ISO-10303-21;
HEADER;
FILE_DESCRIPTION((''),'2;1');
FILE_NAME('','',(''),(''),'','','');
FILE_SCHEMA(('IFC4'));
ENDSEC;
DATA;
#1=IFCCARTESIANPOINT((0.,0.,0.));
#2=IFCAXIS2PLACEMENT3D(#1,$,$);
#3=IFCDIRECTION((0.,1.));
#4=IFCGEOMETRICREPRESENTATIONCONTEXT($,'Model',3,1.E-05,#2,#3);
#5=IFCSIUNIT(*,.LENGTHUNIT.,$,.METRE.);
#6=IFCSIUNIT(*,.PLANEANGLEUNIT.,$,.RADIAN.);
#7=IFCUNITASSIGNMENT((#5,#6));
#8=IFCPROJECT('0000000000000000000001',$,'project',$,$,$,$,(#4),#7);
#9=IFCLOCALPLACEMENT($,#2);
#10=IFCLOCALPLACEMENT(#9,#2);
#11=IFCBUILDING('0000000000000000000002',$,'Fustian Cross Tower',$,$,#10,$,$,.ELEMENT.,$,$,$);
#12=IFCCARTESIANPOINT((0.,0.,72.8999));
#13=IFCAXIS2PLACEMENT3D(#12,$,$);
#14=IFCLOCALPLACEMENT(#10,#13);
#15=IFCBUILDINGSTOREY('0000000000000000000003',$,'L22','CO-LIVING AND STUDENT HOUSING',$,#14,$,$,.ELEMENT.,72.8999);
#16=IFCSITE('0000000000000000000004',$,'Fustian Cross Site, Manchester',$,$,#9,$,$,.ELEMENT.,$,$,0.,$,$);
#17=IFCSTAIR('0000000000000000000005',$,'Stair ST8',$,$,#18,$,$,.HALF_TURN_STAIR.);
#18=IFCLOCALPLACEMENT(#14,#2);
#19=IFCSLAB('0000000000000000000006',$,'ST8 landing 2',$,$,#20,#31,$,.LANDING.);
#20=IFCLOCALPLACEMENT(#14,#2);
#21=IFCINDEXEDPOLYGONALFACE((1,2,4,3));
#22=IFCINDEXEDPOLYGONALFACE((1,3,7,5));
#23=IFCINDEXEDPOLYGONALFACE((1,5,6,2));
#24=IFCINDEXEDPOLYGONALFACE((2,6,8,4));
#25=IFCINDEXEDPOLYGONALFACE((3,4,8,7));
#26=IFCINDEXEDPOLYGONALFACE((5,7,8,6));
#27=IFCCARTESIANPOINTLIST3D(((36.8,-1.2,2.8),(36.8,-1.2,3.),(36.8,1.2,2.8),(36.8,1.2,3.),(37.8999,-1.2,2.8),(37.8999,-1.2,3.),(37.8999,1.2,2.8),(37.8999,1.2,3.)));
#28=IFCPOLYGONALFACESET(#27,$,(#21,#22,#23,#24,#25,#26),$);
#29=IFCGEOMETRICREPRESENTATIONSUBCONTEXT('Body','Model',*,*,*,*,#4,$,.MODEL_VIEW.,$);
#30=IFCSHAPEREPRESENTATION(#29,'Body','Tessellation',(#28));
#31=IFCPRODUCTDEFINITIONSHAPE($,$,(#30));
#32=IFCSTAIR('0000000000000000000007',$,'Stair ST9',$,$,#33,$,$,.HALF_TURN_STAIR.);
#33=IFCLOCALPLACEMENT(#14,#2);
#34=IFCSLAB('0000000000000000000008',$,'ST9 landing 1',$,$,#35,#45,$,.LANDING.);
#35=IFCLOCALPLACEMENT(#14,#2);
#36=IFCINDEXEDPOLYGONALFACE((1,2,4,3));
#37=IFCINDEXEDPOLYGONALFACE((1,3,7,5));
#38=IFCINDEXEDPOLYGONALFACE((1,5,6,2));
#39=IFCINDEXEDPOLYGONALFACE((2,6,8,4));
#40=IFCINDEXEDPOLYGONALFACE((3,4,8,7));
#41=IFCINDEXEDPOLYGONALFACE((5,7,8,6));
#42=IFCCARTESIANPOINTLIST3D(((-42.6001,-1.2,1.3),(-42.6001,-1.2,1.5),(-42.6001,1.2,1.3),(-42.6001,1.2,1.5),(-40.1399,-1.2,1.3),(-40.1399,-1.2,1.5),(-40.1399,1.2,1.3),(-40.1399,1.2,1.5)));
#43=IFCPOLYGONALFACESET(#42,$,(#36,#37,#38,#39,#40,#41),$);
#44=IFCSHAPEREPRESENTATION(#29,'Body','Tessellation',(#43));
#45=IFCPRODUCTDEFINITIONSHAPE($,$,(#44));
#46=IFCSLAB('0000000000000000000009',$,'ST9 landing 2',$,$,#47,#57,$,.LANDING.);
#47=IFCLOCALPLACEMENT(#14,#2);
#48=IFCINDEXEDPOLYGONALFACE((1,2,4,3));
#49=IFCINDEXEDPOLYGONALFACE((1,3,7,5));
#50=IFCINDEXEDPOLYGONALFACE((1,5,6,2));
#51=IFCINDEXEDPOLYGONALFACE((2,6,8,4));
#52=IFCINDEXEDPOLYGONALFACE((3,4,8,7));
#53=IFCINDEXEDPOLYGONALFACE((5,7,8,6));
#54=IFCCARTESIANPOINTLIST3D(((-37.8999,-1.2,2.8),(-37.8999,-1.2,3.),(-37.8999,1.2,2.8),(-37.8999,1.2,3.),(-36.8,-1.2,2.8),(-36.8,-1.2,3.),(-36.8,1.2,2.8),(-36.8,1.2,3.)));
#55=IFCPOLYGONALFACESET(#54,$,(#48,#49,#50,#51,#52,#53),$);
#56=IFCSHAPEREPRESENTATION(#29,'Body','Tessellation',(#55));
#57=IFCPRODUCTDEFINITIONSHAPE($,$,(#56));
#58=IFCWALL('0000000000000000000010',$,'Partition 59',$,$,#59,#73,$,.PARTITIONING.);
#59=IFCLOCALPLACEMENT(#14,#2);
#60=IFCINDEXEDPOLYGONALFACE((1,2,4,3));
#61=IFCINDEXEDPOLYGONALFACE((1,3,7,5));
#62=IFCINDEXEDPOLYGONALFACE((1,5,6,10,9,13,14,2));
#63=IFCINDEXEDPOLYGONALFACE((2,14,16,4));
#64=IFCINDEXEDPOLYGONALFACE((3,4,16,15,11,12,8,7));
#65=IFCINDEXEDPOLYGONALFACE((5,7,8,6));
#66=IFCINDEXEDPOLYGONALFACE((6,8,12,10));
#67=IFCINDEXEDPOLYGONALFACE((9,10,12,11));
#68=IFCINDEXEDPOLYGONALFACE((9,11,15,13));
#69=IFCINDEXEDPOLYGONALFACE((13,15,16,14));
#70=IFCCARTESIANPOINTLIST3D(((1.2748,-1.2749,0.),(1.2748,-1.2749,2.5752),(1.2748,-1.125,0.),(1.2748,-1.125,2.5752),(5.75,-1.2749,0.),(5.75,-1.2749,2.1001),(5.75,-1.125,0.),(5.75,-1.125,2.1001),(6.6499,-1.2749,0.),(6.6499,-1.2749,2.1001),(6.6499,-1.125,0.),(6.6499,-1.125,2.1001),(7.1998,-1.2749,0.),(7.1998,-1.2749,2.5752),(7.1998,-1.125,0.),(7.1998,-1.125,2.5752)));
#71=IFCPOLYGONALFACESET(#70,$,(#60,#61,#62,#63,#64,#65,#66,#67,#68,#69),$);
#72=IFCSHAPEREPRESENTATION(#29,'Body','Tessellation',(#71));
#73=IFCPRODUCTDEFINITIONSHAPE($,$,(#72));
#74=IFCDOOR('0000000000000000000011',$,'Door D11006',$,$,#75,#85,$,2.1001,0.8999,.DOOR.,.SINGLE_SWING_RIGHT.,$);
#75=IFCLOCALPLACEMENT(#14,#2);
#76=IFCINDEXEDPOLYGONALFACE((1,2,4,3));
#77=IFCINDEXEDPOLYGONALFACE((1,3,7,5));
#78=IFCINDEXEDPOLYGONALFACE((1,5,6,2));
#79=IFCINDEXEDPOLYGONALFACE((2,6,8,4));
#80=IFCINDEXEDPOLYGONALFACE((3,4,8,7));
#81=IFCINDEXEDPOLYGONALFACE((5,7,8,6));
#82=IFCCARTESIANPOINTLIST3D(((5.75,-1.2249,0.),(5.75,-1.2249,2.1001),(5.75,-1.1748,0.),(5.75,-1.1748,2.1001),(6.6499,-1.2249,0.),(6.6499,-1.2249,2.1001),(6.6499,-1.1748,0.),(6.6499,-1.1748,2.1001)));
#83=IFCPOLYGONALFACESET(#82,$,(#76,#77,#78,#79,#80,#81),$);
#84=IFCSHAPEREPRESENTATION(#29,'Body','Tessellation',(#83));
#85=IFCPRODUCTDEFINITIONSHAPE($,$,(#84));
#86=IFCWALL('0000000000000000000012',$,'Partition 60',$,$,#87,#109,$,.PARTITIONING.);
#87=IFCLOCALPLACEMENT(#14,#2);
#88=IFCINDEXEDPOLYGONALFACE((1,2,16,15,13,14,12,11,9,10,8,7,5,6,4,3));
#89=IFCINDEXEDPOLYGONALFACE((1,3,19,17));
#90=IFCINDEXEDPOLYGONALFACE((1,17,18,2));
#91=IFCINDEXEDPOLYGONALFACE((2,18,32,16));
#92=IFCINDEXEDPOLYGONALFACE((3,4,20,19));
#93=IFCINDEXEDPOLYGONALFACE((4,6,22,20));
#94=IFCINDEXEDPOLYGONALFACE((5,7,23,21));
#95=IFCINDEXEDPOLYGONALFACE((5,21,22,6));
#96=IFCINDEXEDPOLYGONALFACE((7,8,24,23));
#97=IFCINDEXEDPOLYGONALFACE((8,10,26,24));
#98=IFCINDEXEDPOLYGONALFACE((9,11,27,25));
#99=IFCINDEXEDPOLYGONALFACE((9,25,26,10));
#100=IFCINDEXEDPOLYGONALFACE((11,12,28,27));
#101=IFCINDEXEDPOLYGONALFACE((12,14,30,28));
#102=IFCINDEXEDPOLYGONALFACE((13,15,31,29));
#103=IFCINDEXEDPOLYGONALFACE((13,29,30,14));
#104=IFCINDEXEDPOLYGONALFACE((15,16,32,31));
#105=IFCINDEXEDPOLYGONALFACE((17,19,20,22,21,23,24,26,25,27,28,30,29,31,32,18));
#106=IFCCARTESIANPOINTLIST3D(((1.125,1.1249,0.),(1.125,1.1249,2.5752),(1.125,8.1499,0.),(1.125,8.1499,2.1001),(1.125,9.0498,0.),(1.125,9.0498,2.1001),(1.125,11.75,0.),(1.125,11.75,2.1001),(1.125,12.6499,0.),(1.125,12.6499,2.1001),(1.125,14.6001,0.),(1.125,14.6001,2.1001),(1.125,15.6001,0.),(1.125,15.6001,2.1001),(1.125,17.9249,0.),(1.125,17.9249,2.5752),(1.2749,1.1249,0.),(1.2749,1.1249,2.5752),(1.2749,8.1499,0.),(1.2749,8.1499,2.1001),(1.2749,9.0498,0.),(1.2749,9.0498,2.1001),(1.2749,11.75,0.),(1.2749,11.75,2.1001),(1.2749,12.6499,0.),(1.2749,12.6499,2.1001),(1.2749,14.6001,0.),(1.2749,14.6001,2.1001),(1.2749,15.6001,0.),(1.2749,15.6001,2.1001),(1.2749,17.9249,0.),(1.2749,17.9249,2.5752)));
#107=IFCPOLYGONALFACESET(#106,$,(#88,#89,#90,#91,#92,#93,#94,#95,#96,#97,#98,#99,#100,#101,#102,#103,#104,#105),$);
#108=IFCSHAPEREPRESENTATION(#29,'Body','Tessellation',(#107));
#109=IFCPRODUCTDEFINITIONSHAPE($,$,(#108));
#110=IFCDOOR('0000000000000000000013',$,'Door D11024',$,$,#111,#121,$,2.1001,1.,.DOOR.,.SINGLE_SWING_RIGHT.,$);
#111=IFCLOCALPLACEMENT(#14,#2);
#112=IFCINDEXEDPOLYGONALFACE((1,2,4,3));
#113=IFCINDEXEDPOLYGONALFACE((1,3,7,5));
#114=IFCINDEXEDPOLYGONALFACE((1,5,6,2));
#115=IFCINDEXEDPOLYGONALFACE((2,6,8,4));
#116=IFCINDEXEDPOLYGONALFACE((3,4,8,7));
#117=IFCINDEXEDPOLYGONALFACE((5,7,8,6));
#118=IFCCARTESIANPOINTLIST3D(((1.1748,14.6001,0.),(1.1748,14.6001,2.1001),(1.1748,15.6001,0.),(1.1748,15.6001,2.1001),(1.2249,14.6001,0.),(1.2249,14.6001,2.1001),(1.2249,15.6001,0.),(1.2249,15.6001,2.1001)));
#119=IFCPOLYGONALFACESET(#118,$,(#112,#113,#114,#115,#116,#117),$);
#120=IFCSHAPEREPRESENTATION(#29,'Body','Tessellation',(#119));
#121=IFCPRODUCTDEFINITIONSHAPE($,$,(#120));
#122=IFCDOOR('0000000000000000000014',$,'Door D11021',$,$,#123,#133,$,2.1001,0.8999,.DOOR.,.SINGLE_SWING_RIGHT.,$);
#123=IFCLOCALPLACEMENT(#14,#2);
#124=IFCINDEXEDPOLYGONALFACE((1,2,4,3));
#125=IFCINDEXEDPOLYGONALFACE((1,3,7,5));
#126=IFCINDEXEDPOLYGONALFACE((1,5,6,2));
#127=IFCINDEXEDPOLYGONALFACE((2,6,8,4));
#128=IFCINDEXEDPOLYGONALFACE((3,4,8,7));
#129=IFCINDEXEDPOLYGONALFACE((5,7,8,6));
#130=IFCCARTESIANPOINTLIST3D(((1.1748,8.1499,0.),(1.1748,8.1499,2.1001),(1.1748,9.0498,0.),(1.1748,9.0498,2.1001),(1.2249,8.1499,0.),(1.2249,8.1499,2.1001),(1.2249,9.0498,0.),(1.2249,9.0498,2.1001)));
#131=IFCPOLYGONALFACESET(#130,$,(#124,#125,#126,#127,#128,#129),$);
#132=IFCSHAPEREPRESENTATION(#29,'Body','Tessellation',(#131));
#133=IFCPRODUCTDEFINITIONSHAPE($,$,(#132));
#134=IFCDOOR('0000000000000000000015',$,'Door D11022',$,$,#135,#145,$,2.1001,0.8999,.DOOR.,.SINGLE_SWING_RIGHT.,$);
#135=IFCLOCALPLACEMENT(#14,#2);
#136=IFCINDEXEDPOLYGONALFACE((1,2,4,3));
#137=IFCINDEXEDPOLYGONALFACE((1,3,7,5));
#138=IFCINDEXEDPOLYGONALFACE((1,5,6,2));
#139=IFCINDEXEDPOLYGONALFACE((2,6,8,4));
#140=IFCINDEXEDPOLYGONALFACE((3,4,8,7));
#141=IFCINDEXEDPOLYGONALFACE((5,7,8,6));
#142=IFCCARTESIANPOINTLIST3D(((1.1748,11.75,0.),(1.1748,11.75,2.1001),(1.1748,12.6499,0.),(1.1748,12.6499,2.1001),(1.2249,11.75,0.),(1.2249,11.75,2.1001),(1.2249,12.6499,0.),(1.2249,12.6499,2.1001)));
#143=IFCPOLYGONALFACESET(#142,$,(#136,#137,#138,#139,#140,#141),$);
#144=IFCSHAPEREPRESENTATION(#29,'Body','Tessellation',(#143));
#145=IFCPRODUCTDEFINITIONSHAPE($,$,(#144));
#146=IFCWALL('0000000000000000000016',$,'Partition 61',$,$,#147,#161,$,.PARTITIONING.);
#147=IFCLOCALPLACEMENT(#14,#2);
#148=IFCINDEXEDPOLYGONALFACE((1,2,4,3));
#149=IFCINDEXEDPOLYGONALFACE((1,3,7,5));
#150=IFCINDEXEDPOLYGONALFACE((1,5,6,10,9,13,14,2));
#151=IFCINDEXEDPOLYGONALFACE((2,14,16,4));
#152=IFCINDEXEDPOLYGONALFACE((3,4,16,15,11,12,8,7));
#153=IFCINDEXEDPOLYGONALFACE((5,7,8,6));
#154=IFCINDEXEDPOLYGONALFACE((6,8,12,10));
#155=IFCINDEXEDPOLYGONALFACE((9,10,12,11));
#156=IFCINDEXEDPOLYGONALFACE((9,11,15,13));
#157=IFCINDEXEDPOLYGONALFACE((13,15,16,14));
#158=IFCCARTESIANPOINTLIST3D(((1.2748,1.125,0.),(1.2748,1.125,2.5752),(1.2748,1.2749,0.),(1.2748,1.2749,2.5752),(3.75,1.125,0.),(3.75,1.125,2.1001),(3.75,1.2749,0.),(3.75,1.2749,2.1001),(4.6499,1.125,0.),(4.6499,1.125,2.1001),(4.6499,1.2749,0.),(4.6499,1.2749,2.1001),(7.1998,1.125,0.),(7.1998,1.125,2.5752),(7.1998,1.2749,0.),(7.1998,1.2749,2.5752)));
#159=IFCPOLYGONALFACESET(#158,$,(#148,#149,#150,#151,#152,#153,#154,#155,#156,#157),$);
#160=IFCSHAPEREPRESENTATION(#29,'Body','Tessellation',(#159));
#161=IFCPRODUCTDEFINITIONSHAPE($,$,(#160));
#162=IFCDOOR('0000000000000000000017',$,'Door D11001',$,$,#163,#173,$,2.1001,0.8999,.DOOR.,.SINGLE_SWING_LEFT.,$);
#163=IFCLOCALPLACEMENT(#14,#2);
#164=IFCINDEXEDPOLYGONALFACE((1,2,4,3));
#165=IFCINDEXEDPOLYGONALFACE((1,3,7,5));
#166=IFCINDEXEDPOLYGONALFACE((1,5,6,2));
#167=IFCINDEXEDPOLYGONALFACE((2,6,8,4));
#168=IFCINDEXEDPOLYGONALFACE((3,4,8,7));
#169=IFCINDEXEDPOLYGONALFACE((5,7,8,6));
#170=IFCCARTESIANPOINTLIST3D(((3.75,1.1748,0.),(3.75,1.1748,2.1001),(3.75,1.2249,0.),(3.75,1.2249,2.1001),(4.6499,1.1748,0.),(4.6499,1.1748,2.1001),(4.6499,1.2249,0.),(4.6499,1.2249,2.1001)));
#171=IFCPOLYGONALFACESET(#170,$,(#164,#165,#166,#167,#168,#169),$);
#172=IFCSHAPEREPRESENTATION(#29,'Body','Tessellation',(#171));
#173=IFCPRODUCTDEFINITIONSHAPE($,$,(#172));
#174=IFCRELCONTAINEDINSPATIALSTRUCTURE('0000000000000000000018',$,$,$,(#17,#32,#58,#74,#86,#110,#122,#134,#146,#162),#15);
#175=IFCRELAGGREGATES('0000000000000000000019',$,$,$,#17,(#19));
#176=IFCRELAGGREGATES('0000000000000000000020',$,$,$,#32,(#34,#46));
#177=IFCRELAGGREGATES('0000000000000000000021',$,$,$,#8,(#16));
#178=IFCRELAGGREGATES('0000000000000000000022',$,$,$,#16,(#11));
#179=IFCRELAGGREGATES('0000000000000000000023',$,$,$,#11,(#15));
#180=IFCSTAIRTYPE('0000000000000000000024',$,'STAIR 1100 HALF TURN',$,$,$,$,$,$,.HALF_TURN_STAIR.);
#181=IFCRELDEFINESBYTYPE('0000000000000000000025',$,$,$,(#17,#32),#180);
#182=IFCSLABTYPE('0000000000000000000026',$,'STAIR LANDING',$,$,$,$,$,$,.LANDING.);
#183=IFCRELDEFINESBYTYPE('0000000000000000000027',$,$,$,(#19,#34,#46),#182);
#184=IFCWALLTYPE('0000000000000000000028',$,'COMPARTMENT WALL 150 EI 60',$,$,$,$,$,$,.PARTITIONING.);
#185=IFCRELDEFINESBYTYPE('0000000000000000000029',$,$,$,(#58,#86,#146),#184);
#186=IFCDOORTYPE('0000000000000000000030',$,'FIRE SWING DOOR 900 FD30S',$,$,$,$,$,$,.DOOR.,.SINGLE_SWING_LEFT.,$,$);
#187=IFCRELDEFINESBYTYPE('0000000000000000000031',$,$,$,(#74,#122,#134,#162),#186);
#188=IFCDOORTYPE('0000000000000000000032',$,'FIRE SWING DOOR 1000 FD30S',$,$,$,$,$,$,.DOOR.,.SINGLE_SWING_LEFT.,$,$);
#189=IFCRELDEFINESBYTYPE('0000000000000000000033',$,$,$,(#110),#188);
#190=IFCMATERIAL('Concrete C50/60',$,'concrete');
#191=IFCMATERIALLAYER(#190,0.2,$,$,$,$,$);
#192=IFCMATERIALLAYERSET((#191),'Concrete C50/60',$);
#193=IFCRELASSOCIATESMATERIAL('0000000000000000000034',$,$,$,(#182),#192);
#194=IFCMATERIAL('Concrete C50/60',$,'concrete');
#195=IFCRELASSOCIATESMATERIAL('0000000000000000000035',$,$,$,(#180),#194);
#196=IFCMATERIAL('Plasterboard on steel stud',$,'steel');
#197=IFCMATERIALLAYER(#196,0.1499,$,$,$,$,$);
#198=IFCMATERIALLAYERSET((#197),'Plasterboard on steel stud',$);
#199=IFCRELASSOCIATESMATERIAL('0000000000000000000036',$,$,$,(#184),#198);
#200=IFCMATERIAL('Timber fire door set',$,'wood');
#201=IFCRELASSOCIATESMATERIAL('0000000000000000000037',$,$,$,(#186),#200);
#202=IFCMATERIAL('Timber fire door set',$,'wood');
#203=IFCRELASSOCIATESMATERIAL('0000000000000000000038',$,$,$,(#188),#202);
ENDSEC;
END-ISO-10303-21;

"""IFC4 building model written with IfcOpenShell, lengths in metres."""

from ifc_helpers import new_model, si_unit, direction, frame, frame_2d, origin, place, context, subcontext, project, spatial, polyline, rectangle, outline, extrude, material, layer, layer_set, type_object, element, fill, aggregate, save


model = new_model("IFC4")

# Units and contexts
model_context = context("Model", 3, precision=1e-05, world=origin(), true_north=direction((0.0, 1.0)))
body_context = subcontext(model_context, "Body", "Model", "MODEL_VIEW")
ifc_project = project(units=[si_unit("LENGTHUNIT", "METRE"), si_unit("PLANEANGLEUNIT", "RADIAN")], contexts=[model_context])

# Site, building, storey
site_placement = place(None, origin())
site = spatial("IfcSite", under=ifc_project, at=site_placement, Name="Fustian Cross Site, Manchester", CompositionType="ELEMENT", RefElevation=0.0)
building_placement = place(site_placement, origin())
building = spatial("IfcBuilding", under=site, at=building_placement, Name="Fustian Cross Tower", CompositionType="ELEMENT")
storey_placement = place(building_placement, frame((0.0, 0.0, 72.8999)))
storey = spatial("IfcBuildingStorey", under=building, at=storey_placement, Name="L22", Description="CO-LIVING AND STUDENT HOUSING", CompositionType="ELEMENT", Elevation=72.8999)

# Stairs, slabs
ifc_material_1 = material(Name="Concrete C50/60", Category="concrete")
ifc_layer_1 = layer(ifc_material_1, 0.2)
ifc_layer_set_1 = layer_set([ifc_layer_1], Name="Concrete C50/60")
slab_type_1 = type_object("IfcSlabType", Name="STAIR LANDING", PredefinedType="LANDING", material=ifc_layer_set_1)
ifc_material_2 = material(Name="Concrete C50/60", Category="concrete")
stair_type_1 = type_object("IfcStairType", Name="STAIR 1100 HALF TURN", PredefinedType="HALF_TURN_STAIR", material=ifc_material_2)
stair_1_placement = place(storey_placement, origin())
stair_1 = element("IfcStair", 1, at=stair_1_placement, inside=storey, type_object=stair_type_1, Name="Stair ST8", PredefinedType="HALF_TURN_STAIR")
slab_1_placement = place(storey_placement, frame((0.0, 0.0, 2.8)))
slab_1 = element("IfcSlab", 2, at=slab_1_placement, type_object=slab_type_1, Name="ST8 landing 2", PredefinedType="LANDING", context=body_context, shape_type="SweptSolid", body=[
    extrude(outline(polyline([(36.8, -1.2), (37.8999, -1.2), (37.8999, 1.2), (36.8, 1.2), (36.8, -1.2)])), origin(), (0.0, 0.0, 1.0), 0.2),
])
aggregate(stair_1, [slab_1])
stair_2_placement = place(storey_placement, origin())
stair_2 = element("IfcStair", 3, at=stair_2_placement, inside=storey, type_object=stair_type_1, Name="Stair ST9", PredefinedType="HALF_TURN_STAIR")
slab_2_placement = place(storey_placement, frame((0.0, 0.0, 1.3)))
slab_2 = element("IfcSlab", 4, at=slab_2_placement, type_object=slab_type_1, Name="ST9 landing 1", PredefinedType="LANDING", context=body_context, shape_type="SweptSolid", body=[
    extrude(outline(polyline([(-40.1399, -1.2), (-42.6001, -1.2), (-42.6001, 1.2), (-40.1399, 1.2), (-40.1399, -1.2)])), origin(), (0.0, 0.0, 1.0), 0.2),
])
slab_3_placement = place(storey_placement, frame((0.0, 0.0, 2.8)))
slab_3 = element("IfcSlab", 5, at=slab_3_placement, type_object=slab_type_1, Name="ST9 landing 2", PredefinedType="LANDING", context=body_context, shape_type="SweptSolid", body=[
    extrude(outline(polyline([(-36.8, -1.2), (-37.8999, -1.2), (-37.8999, 1.2), (-36.8, 1.2), (-36.8, -1.2)])), origin(), (0.0, 0.0, 1.0), 0.2),
])
aggregate(stair_2, [slab_2, slab_3])

# Wall, opening, door
ifc_material_3 = material(Name="Plasterboard on steel stud", Category="steel")
ifc_layer_2 = layer(ifc_material_3, 0.1499)
ifc_layer_set_2 = layer_set([ifc_layer_2], Name="Plasterboard on steel stud")
wall_type_1 = type_object("IfcWallType", Name="COMPARTMENT WALL 150 EI 60", PredefinedType="PARTITIONING", material=ifc_layer_set_2)
wall_1_placement = place(storey_placement, frame((1.2749, -1.2, 0.0), z_axis=(0.0, 0.0, 1.0), x_axis=(1.0, 0.0, 0.0)))
wall_1 = element("IfcWall", 6, at=wall_1_placement, inside=storey, type_object=wall_type_1, Name="Partition 59", PredefinedType="PARTITIONING", context=body_context, shape_type="SweptSolid", body=[
    extrude(rectangle(XDim=5.925, YDim=0.1499, at=frame_2d((2.9624, 0.0))), origin(), (0.0, 0.0, 1.0), 2.5752),
])
opening_1_placement = place(wall_1_placement, frame((4.4751, 0.0, 0.0)))
opening_1 = element("IfcOpeningElement", 7, at=opening_1_placement, cuts=wall_1, PredefinedType="OPENING", context=body_context, shape_type="SweptSolid", body=[
    extrude(rectangle(XDim=0.8999, YDim=2.1001, at=frame_2d((0.45, 1.05))), frame((0.0, 0.085, 0.0), z_axis=(0.0, -1.0, 0.0), x_axis=(1.0, 0.0, 0.0)), (0.0, 0.0, 1.0), 0.1699),
])
ifc_material_4 = material(Name="Timber fire door set", Category="wood")
door_type_1 = type_object("IfcDoorType", Name="FIRE SWING DOOR 900 FD30S", OperationType="SINGLE_SWING_LEFT", PredefinedType="DOOR", material=ifc_material_4)
door_1_placement = place(opening_1_placement, frame((0.8999, 0.0, 0.0), z_axis=(0.0, 0.0, 1.0), x_axis=(-1.0, 0.0, 0.0)))
door_1 = element("IfcDoor", 8, at=door_1_placement, inside=storey, type_object=door_type_1, Name="Door D11006", OperationType="SINGLE_SWING_RIGHT", OverallHeight=2.1001, OverallWidth=0.8999, PredefinedType="DOOR", context=body_context, shape_type="SweptSolid", body=[
    extrude(rectangle(XDim=0.8999, YDim=2.1001, at=frame_2d((0.45, 1.05))), frame((0.0, 0.0249, 0.0), z_axis=(0.0, -1.0, 0.0), x_axis=(1.0, 0.0, 0.0)), (0.0, 0.0, 1.0), 0.05),
])
fill(opening_1, door_1)

# Wall, openings, doors
wall_2_placement = place(storey_placement, frame((1.2, 1.125, 0.0), z_axis=(0.0, 0.0, 1.0), x_axis=(0.0, 1.0, 0.0)))
wall_2 = element("IfcWall", 9, at=wall_2_placement, inside=storey, type_object=wall_type_1, Name="Partition 60", PredefinedType="PARTITIONING", context=body_context, shape_type="SweptSolid", body=[
    extrude(rectangle(XDim=16.8, YDim=0.1499, at=frame_2d((8.3999, 0.0))), origin(), (0.0, 0.0, 1.0), 2.5752),
])
opening_2_placement = place(wall_2_placement, frame((7.0249, 0.0, 0.0)))
opening_2 = element("IfcOpeningElement", 10, at=opening_2_placement, cuts=wall_2, PredefinedType="OPENING", context=body_context, shape_type="SweptSolid", body=[
    extrude(rectangle(XDim=0.8999, YDim=2.1001, at=frame_2d((0.45, 1.05))), frame((0.0, 0.085, 0.0), z_axis=(0.0, -1.0, 0.0), x_axis=(1.0, 0.0, 0.0)), (0.0, 0.0, 1.0), 0.1699),
])
opening_3_placement = place(wall_2_placement, frame((10.625, 0.0, 0.0)))
opening_3 = element("IfcOpeningElement", 11, at=opening_3_placement, cuts=wall_2, PredefinedType="OPENING", context=body_context, shape_type="SweptSolid", body=[
    extrude(rectangle(XDim=0.8999, YDim=2.1001, at=frame_2d((0.45, 1.05))), frame((0.0, 0.085, 0.0), z_axis=(0.0, -1.0, 0.0), x_axis=(1.0, 0.0, 0.0)), (0.0, 0.0, 1.0), 0.1699),
])
opening_4_placement = place(wall_2_placement, frame((13.4751, 0.0, 0.0)))
opening_4 = element("IfcOpeningElement", 12, at=opening_4_placement, cuts=wall_2, PredefinedType="OPENING", context=body_context, shape_type="SweptSolid", body=[
    extrude(rectangle(XDim=1.0, YDim=2.1001, at=frame_2d((0.5, 1.05))), frame((0.0, 0.085, 0.0), z_axis=(0.0, -1.0, 0.0), x_axis=(1.0, 0.0, 0.0)), (0.0, 0.0, 1.0), 0.1699),
])
ifc_material_5 = material(Name="Timber fire door set", Category="wood")
door_type_2 = type_object("IfcDoorType", Name="FIRE SWING DOOR 1000 FD30S", OperationType="SINGLE_SWING_LEFT", PredefinedType="DOOR", material=ifc_material_5)
door_2_placement = place(opening_4_placement, frame((1.0, 0.0, 0.0), z_axis=(0.0, 0.0, 1.0), x_axis=(-1.0, 0.0, 0.0)))
door_2 = element("IfcDoor", 13, at=door_2_placement, inside=storey, type_object=door_type_2, Name="Door D11024", OperationType="SINGLE_SWING_RIGHT", OverallHeight=2.1001, OverallWidth=1.0, PredefinedType="DOOR", context=body_context, shape_type="SweptSolid", body=[
    extrude(rectangle(XDim=1.0, YDim=2.1001, at=frame_2d((0.5, 1.05))), frame((0.0, 0.0249, 0.0), z_axis=(0.0, -1.0, 0.0), x_axis=(1.0, 0.0, 0.0)), (0.0, 0.0, 1.0), 0.05),
])
fill(opening_4, door_2)
door_3_placement = place(opening_2_placement, frame((0.8999, 0.0, 0.0), z_axis=(0.0, 0.0, 1.0), x_axis=(-1.0, 0.0, 0.0)))
door_3 = element("IfcDoor", 14, at=door_3_placement, inside=storey, type_object=door_type_1, Name="Door D11021", OperationType="SINGLE_SWING_RIGHT", OverallHeight=2.1001, OverallWidth=0.8999, PredefinedType="DOOR", context=body_context, shape_type="SweptSolid", body=[
    extrude(rectangle(XDim=0.8999, YDim=2.1001, at=frame_2d((0.45, 1.05))), frame((0.0, 0.0249, 0.0), z_axis=(0.0, -1.0, 0.0), x_axis=(1.0, 0.0, 0.0)), (0.0, 0.0, 1.0), 0.05),
])
fill(opening_2, door_3)
door_4_placement = place(opening_3_placement, frame((0.8999, 0.0, 0.0), z_axis=(0.0, 0.0, 1.0), x_axis=(-1.0, 0.0, 0.0)))
door_4 = element("IfcDoor", 15, at=door_4_placement, inside=storey, type_object=door_type_1, Name="Door D11022", OperationType="SINGLE_SWING_RIGHT", OverallHeight=2.1001, OverallWidth=0.8999, PredefinedType="DOOR", context=body_context, shape_type="SweptSolid", body=[
    extrude(rectangle(XDim=0.8999, YDim=2.1001, at=frame_2d((0.45, 1.05))), frame((0.0, 0.0249, 0.0), z_axis=(0.0, -1.0, 0.0), x_axis=(1.0, 0.0, 0.0)), (0.0, 0.0, 1.0), 0.05),
])
fill(opening_3, door_4)

# Wall, opening, door
wall_3_placement = place(storey_placement, frame((1.2749, 1.2, 0.0), z_axis=(0.0, 0.0, 1.0), x_axis=(1.0, 0.0, 0.0)))
wall_3 = element("IfcWall", 16, at=wall_3_placement, inside=storey, type_object=wall_type_1, Name="Partition 61", PredefinedType="PARTITIONING", context=body_context, shape_type="SweptSolid", body=[
    extrude(rectangle(XDim=5.925, YDim=0.1499, at=frame_2d((2.9624, 0.0))), origin(), (0.0, 0.0, 1.0), 2.5752),
])
opening_5_placement = place(wall_3_placement, frame((2.4751, 0.0, 0.0)))
opening_5 = element("IfcOpeningElement", 17, at=opening_5_placement, cuts=wall_3, PredefinedType="OPENING", context=body_context, shape_type="SweptSolid", body=[
    extrude(rectangle(XDim=0.8999, YDim=2.1001, at=frame_2d((0.45, 1.05))), frame((0.0, 0.085, 0.0), z_axis=(0.0, -1.0, 0.0), x_axis=(1.0, 0.0, 0.0)), (0.0, 0.0, 1.0), 0.1699),
])
door_5_placement = place(opening_5_placement, origin())
door_5 = element("IfcDoor", 18, at=door_5_placement, inside=storey, type_object=door_type_1, Name="Door D11001", OperationType="SINGLE_SWING_LEFT", OverallHeight=2.1001, OverallWidth=0.8999, PredefinedType="DOOR", context=body_context, shape_type="SweptSolid", body=[
    extrude(rectangle(XDim=0.8999, YDim=2.1001, at=frame_2d((0.45, 1.05))), frame((0.0, 0.0249, 0.0), z_axis=(0.0, -1.0, 0.0), x_axis=(1.0, 0.0, 0.0)), (0.0, 0.0, 1.0), 0.05),
])
fill(opening_5, door_5)

save(model, "model.ifc")
